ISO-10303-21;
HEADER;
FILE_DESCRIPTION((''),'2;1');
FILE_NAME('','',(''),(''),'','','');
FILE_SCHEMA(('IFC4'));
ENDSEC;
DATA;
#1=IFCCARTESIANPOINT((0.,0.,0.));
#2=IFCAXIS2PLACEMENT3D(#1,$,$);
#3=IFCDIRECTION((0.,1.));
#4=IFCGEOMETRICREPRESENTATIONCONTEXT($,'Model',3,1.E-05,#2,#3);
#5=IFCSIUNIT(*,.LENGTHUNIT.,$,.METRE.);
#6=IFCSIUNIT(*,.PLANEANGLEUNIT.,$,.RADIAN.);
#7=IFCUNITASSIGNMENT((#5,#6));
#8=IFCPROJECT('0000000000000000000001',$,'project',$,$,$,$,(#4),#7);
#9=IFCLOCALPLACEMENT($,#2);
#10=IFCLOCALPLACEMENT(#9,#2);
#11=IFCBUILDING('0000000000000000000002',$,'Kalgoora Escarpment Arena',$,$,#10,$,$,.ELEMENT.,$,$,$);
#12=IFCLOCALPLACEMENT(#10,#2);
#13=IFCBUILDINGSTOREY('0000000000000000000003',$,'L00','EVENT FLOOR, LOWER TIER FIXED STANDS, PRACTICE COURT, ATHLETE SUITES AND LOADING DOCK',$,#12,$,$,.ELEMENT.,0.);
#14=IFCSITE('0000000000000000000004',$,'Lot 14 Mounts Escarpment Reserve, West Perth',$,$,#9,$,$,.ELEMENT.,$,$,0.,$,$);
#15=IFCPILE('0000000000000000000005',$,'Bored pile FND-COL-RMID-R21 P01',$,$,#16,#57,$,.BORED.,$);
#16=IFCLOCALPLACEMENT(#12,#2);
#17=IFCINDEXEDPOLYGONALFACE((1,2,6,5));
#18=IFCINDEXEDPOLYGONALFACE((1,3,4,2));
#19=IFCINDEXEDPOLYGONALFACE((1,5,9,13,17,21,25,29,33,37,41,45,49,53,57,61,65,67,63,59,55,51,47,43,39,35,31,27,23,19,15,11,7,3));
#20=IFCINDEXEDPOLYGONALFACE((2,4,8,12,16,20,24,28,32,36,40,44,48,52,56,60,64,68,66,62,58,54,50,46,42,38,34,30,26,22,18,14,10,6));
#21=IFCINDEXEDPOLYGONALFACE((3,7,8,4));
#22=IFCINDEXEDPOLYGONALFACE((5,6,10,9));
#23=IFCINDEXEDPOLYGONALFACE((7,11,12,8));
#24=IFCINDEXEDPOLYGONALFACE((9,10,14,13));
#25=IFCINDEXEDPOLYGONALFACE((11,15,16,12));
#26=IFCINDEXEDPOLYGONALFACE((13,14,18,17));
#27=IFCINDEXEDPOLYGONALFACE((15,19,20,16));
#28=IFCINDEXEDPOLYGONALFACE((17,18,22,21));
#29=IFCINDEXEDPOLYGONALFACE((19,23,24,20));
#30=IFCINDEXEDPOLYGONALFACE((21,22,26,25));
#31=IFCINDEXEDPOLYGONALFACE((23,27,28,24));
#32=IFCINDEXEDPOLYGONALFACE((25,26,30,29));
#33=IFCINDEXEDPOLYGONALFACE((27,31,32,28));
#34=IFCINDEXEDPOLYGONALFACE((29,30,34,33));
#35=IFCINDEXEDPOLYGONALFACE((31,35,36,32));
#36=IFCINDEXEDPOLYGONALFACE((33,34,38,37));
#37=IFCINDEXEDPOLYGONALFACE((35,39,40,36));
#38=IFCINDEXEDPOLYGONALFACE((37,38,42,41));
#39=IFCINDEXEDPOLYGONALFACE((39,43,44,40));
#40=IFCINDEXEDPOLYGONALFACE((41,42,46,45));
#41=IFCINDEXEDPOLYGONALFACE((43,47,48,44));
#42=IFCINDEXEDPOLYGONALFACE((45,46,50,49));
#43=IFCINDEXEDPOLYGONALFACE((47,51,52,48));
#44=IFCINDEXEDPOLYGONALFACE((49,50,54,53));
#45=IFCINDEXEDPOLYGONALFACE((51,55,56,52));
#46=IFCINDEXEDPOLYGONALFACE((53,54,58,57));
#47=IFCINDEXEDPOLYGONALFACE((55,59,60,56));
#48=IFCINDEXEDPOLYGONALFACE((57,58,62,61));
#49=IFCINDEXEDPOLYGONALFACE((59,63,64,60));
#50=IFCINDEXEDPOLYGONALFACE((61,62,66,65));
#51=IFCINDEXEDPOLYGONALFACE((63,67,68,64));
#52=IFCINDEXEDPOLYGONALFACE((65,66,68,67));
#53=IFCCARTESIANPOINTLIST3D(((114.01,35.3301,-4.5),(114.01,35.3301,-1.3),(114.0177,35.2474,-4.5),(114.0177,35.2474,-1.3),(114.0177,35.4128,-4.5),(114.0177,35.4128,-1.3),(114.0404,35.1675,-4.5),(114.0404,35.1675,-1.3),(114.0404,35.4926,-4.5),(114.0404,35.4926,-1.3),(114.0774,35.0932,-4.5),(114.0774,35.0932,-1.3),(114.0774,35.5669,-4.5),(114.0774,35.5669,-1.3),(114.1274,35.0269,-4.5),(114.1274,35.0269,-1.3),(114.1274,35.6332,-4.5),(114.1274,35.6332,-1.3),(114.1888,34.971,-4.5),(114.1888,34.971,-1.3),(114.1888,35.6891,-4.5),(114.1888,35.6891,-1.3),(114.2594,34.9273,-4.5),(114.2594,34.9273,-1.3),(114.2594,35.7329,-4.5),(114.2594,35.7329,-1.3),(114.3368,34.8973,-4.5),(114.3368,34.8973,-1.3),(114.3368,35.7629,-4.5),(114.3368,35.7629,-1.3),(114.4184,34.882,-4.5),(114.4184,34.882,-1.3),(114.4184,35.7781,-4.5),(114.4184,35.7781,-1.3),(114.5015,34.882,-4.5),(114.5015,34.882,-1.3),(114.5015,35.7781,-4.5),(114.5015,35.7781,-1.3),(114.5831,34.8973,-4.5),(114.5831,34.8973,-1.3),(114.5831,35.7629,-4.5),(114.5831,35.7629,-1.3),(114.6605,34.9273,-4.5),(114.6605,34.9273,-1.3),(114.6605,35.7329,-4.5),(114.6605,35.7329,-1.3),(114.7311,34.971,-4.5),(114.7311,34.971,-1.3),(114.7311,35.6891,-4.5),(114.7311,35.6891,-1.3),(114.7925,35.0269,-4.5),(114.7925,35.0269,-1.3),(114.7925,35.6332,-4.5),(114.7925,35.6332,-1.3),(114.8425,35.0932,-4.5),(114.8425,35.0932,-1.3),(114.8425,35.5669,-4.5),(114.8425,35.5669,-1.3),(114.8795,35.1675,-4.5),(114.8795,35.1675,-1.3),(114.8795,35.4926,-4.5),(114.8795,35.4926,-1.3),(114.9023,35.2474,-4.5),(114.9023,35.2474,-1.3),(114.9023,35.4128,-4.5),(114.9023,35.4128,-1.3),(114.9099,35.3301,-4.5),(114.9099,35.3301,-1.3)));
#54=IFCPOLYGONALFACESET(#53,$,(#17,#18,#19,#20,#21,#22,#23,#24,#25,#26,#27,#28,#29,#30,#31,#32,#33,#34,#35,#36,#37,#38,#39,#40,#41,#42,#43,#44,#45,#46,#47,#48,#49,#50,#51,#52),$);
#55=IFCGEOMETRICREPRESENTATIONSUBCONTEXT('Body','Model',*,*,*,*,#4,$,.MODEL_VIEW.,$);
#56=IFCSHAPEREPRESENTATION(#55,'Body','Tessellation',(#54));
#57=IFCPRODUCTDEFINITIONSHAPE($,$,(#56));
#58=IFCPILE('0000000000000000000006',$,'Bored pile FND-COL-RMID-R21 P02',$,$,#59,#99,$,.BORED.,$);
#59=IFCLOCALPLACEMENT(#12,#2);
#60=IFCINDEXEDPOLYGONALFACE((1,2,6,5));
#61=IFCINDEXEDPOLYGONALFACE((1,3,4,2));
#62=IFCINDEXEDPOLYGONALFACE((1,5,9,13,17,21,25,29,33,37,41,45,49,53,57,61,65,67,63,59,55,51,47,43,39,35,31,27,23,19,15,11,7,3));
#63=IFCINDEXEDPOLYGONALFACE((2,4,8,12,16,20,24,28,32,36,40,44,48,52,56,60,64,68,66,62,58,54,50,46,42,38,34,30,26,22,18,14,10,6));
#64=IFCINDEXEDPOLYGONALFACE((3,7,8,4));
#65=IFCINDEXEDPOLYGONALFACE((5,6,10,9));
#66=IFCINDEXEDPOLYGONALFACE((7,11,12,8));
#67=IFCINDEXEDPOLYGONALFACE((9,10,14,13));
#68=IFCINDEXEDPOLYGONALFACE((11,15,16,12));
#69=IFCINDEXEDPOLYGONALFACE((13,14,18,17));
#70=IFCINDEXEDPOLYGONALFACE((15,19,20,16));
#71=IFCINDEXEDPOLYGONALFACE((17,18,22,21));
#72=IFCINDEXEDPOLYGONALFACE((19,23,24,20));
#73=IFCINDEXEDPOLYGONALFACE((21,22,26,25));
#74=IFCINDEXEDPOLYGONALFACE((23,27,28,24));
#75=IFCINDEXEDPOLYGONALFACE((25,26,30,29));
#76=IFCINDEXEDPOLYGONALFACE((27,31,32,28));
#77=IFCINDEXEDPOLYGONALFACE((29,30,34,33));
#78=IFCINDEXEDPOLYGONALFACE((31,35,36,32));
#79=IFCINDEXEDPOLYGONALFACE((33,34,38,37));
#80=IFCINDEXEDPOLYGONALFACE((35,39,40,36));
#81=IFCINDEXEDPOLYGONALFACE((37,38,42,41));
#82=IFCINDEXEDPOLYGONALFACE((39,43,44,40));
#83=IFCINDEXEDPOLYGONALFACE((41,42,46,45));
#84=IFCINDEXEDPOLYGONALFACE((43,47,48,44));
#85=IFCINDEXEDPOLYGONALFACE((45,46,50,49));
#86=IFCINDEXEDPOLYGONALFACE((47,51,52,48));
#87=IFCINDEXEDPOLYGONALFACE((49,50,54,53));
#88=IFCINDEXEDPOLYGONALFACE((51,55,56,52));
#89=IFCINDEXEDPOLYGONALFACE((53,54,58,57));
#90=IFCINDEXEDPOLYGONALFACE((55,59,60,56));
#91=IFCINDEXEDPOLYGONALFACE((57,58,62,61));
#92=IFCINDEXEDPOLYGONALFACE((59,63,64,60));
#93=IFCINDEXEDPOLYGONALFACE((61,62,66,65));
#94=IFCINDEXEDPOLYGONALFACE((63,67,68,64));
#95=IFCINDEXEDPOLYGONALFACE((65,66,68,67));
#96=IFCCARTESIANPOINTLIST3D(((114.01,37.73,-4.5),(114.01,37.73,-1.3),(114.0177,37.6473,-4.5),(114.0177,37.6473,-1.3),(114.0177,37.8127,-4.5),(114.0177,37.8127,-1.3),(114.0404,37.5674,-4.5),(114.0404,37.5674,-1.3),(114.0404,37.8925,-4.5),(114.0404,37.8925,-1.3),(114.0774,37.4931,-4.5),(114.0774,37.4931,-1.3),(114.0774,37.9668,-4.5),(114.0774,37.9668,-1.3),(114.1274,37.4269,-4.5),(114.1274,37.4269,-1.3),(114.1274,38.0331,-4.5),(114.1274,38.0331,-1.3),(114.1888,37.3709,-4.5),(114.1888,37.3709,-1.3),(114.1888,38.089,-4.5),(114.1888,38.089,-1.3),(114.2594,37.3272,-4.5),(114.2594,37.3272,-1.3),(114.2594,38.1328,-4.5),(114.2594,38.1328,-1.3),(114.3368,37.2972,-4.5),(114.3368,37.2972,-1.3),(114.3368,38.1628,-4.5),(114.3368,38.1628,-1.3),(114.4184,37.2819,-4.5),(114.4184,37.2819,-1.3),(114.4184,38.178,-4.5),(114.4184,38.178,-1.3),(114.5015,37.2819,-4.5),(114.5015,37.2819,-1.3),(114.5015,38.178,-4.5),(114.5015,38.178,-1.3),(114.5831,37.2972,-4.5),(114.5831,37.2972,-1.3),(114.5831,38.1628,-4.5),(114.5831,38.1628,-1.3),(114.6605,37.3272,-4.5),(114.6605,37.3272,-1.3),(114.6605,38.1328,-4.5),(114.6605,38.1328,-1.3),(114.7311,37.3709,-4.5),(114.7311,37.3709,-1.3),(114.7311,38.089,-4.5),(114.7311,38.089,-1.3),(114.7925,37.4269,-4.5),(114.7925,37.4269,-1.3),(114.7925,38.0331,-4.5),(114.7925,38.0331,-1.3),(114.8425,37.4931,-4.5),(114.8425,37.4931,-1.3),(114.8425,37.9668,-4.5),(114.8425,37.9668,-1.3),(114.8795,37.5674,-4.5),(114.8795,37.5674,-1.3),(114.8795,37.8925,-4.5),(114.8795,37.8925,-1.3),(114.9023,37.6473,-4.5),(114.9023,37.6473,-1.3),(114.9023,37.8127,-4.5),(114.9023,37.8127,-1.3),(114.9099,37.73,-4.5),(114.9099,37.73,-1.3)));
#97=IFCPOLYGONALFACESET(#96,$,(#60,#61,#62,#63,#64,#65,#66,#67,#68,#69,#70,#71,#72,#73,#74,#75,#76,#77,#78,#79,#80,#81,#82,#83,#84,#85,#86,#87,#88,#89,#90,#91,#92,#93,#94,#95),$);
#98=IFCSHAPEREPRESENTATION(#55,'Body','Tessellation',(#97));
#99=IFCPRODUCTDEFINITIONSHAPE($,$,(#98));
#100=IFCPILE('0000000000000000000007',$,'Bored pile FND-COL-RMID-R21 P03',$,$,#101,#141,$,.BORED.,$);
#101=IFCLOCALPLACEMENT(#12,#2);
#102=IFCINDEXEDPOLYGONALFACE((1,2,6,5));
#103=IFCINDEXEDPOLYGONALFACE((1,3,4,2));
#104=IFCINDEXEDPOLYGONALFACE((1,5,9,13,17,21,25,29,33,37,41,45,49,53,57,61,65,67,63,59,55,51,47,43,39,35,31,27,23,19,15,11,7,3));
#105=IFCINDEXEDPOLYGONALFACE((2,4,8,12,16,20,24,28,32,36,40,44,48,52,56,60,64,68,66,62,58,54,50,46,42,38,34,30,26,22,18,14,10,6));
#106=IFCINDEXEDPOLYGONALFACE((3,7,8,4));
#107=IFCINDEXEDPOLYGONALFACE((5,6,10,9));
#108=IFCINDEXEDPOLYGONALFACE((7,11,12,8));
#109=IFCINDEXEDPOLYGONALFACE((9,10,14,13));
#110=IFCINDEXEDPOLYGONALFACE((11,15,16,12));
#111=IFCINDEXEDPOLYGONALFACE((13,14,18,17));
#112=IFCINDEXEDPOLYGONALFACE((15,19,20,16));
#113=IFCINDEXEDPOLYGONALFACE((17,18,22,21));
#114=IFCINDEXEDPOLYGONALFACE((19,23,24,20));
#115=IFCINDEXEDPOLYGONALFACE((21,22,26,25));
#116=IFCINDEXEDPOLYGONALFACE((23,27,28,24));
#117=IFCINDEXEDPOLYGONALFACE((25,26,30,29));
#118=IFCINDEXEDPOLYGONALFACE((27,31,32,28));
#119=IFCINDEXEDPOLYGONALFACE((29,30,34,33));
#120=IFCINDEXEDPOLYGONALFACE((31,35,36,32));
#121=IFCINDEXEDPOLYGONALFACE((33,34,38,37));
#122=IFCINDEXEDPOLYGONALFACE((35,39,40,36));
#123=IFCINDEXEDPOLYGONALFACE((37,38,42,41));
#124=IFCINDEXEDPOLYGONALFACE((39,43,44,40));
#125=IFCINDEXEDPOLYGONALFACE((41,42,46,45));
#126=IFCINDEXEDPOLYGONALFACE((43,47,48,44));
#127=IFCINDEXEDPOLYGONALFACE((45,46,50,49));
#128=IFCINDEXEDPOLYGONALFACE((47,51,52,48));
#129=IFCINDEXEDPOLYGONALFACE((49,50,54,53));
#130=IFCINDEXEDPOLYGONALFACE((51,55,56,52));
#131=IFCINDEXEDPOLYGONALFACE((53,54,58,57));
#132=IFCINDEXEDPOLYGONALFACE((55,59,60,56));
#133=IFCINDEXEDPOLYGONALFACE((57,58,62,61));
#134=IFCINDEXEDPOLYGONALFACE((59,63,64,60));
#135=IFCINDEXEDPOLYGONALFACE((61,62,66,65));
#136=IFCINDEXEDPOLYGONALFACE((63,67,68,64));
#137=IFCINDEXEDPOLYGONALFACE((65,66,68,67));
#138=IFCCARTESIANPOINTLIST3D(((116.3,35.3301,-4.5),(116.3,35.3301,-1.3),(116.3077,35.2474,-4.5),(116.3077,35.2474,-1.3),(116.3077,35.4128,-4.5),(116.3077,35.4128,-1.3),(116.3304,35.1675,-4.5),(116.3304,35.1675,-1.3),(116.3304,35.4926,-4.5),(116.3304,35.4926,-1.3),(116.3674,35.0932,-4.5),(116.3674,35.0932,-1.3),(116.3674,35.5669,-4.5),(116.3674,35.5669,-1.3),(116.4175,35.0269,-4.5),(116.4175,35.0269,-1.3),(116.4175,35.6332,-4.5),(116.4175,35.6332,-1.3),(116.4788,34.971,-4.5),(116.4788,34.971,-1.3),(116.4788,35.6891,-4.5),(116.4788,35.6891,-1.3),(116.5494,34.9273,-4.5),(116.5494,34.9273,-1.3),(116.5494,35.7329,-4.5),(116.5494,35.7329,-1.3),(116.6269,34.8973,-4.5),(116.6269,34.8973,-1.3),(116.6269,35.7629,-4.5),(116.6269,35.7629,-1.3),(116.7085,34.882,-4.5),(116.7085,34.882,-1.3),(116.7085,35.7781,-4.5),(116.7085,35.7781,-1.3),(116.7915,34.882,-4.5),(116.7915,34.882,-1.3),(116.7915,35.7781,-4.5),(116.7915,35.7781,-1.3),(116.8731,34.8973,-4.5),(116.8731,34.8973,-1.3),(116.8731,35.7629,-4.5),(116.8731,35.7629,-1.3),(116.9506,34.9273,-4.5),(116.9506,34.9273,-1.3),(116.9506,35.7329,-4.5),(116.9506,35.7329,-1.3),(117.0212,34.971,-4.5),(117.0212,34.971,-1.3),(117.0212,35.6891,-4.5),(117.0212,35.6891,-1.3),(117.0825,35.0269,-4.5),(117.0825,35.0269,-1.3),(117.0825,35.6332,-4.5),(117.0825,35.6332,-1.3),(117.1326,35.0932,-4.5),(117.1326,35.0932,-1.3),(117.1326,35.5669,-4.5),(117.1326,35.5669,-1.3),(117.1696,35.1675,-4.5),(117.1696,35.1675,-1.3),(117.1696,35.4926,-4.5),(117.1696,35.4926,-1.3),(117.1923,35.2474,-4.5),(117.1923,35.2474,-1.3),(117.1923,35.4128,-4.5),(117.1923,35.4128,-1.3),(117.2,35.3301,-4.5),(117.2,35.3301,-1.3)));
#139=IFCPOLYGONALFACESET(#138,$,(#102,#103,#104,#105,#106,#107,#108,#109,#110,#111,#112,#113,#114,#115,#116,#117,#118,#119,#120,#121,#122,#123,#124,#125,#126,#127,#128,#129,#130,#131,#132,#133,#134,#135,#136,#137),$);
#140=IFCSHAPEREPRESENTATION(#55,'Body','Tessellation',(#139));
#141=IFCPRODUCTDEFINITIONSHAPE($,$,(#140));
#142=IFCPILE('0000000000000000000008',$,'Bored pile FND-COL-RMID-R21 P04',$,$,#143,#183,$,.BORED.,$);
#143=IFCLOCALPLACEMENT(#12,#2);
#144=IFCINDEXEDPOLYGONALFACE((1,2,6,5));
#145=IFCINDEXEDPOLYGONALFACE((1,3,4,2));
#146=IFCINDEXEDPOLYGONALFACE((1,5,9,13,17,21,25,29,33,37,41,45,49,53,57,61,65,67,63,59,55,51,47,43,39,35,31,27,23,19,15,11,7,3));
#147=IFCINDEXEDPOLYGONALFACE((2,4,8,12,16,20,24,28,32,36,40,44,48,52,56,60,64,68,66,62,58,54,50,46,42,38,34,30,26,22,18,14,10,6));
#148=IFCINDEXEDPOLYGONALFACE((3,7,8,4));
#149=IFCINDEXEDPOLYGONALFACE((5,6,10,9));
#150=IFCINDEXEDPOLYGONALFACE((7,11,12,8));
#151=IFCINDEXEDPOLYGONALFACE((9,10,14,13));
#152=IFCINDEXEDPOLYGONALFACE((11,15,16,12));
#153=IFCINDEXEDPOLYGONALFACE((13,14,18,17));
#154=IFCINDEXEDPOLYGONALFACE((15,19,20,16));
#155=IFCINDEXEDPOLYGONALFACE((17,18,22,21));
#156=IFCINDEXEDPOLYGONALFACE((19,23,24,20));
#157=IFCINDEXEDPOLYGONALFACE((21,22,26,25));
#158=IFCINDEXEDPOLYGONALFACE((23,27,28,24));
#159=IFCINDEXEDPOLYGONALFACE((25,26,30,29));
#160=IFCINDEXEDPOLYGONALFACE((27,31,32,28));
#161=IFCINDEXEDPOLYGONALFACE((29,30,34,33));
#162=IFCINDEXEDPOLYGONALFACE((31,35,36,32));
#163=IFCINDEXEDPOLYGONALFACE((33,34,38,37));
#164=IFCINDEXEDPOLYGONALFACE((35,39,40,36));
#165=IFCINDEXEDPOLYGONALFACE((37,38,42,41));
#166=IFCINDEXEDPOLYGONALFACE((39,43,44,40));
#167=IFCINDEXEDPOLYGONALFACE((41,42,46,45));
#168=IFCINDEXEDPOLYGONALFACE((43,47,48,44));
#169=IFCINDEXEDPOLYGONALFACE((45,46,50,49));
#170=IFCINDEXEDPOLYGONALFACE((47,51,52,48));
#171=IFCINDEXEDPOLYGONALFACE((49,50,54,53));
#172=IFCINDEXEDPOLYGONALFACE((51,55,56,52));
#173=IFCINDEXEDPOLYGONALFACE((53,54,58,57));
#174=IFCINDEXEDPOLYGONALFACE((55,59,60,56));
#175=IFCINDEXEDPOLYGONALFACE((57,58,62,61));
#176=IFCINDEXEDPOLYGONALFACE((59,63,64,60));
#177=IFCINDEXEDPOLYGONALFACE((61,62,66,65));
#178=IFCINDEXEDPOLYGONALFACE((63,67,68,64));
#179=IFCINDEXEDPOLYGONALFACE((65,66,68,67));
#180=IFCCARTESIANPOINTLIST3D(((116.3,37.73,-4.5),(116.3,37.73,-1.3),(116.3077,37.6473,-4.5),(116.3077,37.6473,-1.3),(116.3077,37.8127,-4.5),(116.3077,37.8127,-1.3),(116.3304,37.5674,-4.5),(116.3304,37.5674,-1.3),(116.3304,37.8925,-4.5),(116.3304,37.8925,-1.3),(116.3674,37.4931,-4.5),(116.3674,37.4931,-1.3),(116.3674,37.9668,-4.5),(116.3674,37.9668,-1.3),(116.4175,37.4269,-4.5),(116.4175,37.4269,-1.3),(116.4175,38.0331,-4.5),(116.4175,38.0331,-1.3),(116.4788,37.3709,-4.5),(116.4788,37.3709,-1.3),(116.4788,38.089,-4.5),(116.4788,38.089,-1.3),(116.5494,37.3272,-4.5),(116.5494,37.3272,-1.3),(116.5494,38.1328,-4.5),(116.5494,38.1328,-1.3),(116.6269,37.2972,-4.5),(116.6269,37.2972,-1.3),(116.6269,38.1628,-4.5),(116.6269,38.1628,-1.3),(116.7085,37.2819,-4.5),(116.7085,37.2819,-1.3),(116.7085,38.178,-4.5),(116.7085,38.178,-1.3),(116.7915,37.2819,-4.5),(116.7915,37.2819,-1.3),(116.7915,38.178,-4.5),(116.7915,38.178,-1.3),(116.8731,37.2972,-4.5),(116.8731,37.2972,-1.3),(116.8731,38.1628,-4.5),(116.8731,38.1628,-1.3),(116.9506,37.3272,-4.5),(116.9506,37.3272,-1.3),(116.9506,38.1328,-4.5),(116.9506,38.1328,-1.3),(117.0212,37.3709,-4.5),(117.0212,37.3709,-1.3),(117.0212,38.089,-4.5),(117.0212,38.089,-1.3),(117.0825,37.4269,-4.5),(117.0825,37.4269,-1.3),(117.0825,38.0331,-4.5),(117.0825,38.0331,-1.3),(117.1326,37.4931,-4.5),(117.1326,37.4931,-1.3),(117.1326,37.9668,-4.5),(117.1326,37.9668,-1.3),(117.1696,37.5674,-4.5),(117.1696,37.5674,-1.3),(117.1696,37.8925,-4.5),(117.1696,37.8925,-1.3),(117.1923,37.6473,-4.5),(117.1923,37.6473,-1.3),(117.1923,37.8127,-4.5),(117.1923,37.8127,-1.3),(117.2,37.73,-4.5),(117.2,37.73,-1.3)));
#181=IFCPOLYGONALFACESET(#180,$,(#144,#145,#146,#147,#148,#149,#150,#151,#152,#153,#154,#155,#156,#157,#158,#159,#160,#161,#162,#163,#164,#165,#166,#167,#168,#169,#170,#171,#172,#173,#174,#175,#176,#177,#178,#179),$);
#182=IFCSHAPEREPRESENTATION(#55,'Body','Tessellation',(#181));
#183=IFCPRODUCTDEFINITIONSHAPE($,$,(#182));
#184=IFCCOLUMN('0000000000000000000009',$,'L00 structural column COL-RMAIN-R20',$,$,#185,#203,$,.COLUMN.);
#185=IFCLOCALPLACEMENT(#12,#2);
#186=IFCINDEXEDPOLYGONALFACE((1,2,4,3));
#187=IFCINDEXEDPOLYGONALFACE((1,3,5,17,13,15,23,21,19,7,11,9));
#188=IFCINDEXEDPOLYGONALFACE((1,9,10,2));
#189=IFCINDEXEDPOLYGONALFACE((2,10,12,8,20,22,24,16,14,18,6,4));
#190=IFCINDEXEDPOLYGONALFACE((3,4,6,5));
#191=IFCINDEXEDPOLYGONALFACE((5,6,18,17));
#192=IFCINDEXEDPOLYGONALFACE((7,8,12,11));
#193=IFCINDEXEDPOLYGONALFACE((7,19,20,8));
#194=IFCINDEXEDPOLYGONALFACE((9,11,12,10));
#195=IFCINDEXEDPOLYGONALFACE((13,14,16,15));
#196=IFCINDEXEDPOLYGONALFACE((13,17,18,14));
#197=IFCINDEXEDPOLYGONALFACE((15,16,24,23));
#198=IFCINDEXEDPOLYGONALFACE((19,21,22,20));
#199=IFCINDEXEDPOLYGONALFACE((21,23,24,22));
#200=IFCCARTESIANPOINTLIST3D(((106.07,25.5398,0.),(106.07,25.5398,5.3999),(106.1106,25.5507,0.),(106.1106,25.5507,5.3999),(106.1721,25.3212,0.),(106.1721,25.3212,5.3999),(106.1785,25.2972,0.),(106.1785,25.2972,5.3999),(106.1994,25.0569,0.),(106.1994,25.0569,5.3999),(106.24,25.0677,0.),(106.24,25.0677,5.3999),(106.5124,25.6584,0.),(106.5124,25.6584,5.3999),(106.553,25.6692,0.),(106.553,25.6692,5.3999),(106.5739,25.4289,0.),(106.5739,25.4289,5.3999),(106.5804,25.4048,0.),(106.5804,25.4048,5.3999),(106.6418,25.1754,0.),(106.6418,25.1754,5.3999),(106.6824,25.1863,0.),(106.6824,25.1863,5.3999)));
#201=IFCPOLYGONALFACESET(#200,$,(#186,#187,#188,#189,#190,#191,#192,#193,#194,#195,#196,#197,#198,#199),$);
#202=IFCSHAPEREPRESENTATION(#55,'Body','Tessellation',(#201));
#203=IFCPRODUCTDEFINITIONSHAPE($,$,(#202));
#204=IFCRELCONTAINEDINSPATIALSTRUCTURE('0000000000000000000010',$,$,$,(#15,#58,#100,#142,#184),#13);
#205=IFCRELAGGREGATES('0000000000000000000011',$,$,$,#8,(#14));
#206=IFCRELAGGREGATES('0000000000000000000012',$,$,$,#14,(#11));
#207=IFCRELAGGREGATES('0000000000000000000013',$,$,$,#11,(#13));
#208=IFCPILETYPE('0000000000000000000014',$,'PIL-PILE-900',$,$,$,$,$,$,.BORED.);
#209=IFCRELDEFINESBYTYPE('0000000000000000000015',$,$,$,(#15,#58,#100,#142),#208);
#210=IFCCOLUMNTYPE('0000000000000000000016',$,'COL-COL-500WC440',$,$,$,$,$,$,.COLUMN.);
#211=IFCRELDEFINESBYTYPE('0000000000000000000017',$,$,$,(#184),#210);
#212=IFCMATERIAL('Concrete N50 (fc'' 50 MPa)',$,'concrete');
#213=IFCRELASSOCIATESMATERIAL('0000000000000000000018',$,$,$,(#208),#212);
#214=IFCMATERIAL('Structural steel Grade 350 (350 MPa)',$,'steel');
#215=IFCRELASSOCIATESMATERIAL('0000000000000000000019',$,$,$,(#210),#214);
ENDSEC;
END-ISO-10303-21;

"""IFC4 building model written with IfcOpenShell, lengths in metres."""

from ifc_helpers import new_model, si_unit, direction, frame, origin, origin_2d, place, context, subcontext, project, spatial, circle, i_section, extrude, material, material_profile, profile_set, type_object, element, save


model = new_model("IFC4")

# Units and contexts
model_context = context("Model", 3, precision=1e-05, world=origin(), true_north=direction((0.0, 1.0)))
body_context = subcontext(model_context, "Body", "Model", "MODEL_VIEW")
ifc_project = project(units=[si_unit("LENGTHUNIT", "METRE"), si_unit("PLANEANGLEUNIT", "RADIAN")], contexts=[model_context])

# Site, building, storey
site_placement = place(None, origin())
site = spatial("IfcSite", under=ifc_project, at=site_placement, Name="Lot 14 Mounts Escarpment Reserve, West Perth", CompositionType="ELEMENT", RefElevation=0.0)
building_placement = place(site_placement, origin())
building = spatial("IfcBuilding", under=site, at=building_placement, Name="Kalgoora Escarpment Arena", CompositionType="ELEMENT")
storey_placement = place(building_placement, origin())
storey = spatial("IfcBuildingStorey", under=building, at=storey_placement, Name="L00", Description="EVENT FLOOR, LOWER TIER FIXED STANDS, PRACTICE COURT, ATHLETE SUITES AND LOADING DOCK", CompositionType="ELEMENT", Elevation=0.0)

# Piles
ifc_material_1 = material(Name="Concrete N50 (fc' 50 MPa)", Category="concrete")
ifc_material_profile_1 = material_profile(ifc_material_1, circle(Radius=0.45, at=origin_2d()))
ifc_profile_set_1 = profile_set([ifc_material_profile_1], Name="Concrete N50 (fc' 50 MPa)")
pile_type_1 = type_object("IfcPileType", Name="PIL-PILE-900", PredefinedType="BORED", material=ifc_profile_set_1)
for number, where, z_axis, x_axis, name in (
    (1, (114.46, 35.3301, -1.3), (0.0, 0.0, -1.0), (1.0, 0.0, 0.0), "Bored pile FND-COL-RMID-R21 P01"),
    (2, (114.46, 37.73, -1.3), (0.0, 0.0, -1.0), (1.0, 0.0, 0.0), "Bored pile FND-COL-RMID-R21 P02"),
    (3, (116.75, 35.3301, -1.3), (0.0, 0.0, -1.0), (1.0, 0.0, 0.0), "Bored pile FND-COL-RMID-R21 P03"),
    (4, (116.75, 37.73, -1.3), (0.0, 0.0, -1.0), (1.0, 0.0, 0.0), "Bored pile FND-COL-RMID-R21 P04"),
):
    element("IfcPile", number, at=place(storey_placement, frame(where, z_axis=z_axis, x_axis=x_axis)), inside=storey, type_object=pile_type_1, Name=name, PredefinedType="BORED", context=body_context, shape_type="SweptSolid", body=[
        extrude(circle(Radius=0.45, at=origin_2d()), origin(), (0.0, 0.0, 1.0), 3.2),
    ])

# Column
ifc_material_2 = material(Name="Structural steel Grade 350 (350 MPa)", Category="steel")
ifc_material_profile_2 = material_profile(ifc_material_2, i_section(OverallWidth=0.5, OverallDepth=0.5, WebThickness=0.0249, FlangeThickness=0.042, at=origin_2d()))
ifc_profile_set_2 = profile_set([ifc_material_profile_2], Name="Structural steel Grade 350 (350 MPa)")
column_type_1 = type_object("IfcColumnType", Name="COL-COL-500WC440", PredefinedType="COLUMN", material=ifc_profile_set_2)
column_1_placement = place(storey_placement, frame((106.3762, 25.363, 0.0), z_axis=(0.0, 0.0, 1.0), x_axis=(0.258819, -0.965926, 0.0)))
element("IfcColumn", 5, at=column_1_placement, inside=storey, type_object=column_type_1, Name="L00 structural column COL-RMAIN-R20", PredefinedType="COLUMN", context=body_context, shape_type="SweptSolid", body=[
    extrude(i_section(OverallWidth=0.5, OverallDepth=0.5, WebThickness=0.0249, FlangeThickness=0.042, at=origin_2d()), origin(), (0.0, 0.0, 1.0), 5.3999),
])

save(model, "model.ifc")
